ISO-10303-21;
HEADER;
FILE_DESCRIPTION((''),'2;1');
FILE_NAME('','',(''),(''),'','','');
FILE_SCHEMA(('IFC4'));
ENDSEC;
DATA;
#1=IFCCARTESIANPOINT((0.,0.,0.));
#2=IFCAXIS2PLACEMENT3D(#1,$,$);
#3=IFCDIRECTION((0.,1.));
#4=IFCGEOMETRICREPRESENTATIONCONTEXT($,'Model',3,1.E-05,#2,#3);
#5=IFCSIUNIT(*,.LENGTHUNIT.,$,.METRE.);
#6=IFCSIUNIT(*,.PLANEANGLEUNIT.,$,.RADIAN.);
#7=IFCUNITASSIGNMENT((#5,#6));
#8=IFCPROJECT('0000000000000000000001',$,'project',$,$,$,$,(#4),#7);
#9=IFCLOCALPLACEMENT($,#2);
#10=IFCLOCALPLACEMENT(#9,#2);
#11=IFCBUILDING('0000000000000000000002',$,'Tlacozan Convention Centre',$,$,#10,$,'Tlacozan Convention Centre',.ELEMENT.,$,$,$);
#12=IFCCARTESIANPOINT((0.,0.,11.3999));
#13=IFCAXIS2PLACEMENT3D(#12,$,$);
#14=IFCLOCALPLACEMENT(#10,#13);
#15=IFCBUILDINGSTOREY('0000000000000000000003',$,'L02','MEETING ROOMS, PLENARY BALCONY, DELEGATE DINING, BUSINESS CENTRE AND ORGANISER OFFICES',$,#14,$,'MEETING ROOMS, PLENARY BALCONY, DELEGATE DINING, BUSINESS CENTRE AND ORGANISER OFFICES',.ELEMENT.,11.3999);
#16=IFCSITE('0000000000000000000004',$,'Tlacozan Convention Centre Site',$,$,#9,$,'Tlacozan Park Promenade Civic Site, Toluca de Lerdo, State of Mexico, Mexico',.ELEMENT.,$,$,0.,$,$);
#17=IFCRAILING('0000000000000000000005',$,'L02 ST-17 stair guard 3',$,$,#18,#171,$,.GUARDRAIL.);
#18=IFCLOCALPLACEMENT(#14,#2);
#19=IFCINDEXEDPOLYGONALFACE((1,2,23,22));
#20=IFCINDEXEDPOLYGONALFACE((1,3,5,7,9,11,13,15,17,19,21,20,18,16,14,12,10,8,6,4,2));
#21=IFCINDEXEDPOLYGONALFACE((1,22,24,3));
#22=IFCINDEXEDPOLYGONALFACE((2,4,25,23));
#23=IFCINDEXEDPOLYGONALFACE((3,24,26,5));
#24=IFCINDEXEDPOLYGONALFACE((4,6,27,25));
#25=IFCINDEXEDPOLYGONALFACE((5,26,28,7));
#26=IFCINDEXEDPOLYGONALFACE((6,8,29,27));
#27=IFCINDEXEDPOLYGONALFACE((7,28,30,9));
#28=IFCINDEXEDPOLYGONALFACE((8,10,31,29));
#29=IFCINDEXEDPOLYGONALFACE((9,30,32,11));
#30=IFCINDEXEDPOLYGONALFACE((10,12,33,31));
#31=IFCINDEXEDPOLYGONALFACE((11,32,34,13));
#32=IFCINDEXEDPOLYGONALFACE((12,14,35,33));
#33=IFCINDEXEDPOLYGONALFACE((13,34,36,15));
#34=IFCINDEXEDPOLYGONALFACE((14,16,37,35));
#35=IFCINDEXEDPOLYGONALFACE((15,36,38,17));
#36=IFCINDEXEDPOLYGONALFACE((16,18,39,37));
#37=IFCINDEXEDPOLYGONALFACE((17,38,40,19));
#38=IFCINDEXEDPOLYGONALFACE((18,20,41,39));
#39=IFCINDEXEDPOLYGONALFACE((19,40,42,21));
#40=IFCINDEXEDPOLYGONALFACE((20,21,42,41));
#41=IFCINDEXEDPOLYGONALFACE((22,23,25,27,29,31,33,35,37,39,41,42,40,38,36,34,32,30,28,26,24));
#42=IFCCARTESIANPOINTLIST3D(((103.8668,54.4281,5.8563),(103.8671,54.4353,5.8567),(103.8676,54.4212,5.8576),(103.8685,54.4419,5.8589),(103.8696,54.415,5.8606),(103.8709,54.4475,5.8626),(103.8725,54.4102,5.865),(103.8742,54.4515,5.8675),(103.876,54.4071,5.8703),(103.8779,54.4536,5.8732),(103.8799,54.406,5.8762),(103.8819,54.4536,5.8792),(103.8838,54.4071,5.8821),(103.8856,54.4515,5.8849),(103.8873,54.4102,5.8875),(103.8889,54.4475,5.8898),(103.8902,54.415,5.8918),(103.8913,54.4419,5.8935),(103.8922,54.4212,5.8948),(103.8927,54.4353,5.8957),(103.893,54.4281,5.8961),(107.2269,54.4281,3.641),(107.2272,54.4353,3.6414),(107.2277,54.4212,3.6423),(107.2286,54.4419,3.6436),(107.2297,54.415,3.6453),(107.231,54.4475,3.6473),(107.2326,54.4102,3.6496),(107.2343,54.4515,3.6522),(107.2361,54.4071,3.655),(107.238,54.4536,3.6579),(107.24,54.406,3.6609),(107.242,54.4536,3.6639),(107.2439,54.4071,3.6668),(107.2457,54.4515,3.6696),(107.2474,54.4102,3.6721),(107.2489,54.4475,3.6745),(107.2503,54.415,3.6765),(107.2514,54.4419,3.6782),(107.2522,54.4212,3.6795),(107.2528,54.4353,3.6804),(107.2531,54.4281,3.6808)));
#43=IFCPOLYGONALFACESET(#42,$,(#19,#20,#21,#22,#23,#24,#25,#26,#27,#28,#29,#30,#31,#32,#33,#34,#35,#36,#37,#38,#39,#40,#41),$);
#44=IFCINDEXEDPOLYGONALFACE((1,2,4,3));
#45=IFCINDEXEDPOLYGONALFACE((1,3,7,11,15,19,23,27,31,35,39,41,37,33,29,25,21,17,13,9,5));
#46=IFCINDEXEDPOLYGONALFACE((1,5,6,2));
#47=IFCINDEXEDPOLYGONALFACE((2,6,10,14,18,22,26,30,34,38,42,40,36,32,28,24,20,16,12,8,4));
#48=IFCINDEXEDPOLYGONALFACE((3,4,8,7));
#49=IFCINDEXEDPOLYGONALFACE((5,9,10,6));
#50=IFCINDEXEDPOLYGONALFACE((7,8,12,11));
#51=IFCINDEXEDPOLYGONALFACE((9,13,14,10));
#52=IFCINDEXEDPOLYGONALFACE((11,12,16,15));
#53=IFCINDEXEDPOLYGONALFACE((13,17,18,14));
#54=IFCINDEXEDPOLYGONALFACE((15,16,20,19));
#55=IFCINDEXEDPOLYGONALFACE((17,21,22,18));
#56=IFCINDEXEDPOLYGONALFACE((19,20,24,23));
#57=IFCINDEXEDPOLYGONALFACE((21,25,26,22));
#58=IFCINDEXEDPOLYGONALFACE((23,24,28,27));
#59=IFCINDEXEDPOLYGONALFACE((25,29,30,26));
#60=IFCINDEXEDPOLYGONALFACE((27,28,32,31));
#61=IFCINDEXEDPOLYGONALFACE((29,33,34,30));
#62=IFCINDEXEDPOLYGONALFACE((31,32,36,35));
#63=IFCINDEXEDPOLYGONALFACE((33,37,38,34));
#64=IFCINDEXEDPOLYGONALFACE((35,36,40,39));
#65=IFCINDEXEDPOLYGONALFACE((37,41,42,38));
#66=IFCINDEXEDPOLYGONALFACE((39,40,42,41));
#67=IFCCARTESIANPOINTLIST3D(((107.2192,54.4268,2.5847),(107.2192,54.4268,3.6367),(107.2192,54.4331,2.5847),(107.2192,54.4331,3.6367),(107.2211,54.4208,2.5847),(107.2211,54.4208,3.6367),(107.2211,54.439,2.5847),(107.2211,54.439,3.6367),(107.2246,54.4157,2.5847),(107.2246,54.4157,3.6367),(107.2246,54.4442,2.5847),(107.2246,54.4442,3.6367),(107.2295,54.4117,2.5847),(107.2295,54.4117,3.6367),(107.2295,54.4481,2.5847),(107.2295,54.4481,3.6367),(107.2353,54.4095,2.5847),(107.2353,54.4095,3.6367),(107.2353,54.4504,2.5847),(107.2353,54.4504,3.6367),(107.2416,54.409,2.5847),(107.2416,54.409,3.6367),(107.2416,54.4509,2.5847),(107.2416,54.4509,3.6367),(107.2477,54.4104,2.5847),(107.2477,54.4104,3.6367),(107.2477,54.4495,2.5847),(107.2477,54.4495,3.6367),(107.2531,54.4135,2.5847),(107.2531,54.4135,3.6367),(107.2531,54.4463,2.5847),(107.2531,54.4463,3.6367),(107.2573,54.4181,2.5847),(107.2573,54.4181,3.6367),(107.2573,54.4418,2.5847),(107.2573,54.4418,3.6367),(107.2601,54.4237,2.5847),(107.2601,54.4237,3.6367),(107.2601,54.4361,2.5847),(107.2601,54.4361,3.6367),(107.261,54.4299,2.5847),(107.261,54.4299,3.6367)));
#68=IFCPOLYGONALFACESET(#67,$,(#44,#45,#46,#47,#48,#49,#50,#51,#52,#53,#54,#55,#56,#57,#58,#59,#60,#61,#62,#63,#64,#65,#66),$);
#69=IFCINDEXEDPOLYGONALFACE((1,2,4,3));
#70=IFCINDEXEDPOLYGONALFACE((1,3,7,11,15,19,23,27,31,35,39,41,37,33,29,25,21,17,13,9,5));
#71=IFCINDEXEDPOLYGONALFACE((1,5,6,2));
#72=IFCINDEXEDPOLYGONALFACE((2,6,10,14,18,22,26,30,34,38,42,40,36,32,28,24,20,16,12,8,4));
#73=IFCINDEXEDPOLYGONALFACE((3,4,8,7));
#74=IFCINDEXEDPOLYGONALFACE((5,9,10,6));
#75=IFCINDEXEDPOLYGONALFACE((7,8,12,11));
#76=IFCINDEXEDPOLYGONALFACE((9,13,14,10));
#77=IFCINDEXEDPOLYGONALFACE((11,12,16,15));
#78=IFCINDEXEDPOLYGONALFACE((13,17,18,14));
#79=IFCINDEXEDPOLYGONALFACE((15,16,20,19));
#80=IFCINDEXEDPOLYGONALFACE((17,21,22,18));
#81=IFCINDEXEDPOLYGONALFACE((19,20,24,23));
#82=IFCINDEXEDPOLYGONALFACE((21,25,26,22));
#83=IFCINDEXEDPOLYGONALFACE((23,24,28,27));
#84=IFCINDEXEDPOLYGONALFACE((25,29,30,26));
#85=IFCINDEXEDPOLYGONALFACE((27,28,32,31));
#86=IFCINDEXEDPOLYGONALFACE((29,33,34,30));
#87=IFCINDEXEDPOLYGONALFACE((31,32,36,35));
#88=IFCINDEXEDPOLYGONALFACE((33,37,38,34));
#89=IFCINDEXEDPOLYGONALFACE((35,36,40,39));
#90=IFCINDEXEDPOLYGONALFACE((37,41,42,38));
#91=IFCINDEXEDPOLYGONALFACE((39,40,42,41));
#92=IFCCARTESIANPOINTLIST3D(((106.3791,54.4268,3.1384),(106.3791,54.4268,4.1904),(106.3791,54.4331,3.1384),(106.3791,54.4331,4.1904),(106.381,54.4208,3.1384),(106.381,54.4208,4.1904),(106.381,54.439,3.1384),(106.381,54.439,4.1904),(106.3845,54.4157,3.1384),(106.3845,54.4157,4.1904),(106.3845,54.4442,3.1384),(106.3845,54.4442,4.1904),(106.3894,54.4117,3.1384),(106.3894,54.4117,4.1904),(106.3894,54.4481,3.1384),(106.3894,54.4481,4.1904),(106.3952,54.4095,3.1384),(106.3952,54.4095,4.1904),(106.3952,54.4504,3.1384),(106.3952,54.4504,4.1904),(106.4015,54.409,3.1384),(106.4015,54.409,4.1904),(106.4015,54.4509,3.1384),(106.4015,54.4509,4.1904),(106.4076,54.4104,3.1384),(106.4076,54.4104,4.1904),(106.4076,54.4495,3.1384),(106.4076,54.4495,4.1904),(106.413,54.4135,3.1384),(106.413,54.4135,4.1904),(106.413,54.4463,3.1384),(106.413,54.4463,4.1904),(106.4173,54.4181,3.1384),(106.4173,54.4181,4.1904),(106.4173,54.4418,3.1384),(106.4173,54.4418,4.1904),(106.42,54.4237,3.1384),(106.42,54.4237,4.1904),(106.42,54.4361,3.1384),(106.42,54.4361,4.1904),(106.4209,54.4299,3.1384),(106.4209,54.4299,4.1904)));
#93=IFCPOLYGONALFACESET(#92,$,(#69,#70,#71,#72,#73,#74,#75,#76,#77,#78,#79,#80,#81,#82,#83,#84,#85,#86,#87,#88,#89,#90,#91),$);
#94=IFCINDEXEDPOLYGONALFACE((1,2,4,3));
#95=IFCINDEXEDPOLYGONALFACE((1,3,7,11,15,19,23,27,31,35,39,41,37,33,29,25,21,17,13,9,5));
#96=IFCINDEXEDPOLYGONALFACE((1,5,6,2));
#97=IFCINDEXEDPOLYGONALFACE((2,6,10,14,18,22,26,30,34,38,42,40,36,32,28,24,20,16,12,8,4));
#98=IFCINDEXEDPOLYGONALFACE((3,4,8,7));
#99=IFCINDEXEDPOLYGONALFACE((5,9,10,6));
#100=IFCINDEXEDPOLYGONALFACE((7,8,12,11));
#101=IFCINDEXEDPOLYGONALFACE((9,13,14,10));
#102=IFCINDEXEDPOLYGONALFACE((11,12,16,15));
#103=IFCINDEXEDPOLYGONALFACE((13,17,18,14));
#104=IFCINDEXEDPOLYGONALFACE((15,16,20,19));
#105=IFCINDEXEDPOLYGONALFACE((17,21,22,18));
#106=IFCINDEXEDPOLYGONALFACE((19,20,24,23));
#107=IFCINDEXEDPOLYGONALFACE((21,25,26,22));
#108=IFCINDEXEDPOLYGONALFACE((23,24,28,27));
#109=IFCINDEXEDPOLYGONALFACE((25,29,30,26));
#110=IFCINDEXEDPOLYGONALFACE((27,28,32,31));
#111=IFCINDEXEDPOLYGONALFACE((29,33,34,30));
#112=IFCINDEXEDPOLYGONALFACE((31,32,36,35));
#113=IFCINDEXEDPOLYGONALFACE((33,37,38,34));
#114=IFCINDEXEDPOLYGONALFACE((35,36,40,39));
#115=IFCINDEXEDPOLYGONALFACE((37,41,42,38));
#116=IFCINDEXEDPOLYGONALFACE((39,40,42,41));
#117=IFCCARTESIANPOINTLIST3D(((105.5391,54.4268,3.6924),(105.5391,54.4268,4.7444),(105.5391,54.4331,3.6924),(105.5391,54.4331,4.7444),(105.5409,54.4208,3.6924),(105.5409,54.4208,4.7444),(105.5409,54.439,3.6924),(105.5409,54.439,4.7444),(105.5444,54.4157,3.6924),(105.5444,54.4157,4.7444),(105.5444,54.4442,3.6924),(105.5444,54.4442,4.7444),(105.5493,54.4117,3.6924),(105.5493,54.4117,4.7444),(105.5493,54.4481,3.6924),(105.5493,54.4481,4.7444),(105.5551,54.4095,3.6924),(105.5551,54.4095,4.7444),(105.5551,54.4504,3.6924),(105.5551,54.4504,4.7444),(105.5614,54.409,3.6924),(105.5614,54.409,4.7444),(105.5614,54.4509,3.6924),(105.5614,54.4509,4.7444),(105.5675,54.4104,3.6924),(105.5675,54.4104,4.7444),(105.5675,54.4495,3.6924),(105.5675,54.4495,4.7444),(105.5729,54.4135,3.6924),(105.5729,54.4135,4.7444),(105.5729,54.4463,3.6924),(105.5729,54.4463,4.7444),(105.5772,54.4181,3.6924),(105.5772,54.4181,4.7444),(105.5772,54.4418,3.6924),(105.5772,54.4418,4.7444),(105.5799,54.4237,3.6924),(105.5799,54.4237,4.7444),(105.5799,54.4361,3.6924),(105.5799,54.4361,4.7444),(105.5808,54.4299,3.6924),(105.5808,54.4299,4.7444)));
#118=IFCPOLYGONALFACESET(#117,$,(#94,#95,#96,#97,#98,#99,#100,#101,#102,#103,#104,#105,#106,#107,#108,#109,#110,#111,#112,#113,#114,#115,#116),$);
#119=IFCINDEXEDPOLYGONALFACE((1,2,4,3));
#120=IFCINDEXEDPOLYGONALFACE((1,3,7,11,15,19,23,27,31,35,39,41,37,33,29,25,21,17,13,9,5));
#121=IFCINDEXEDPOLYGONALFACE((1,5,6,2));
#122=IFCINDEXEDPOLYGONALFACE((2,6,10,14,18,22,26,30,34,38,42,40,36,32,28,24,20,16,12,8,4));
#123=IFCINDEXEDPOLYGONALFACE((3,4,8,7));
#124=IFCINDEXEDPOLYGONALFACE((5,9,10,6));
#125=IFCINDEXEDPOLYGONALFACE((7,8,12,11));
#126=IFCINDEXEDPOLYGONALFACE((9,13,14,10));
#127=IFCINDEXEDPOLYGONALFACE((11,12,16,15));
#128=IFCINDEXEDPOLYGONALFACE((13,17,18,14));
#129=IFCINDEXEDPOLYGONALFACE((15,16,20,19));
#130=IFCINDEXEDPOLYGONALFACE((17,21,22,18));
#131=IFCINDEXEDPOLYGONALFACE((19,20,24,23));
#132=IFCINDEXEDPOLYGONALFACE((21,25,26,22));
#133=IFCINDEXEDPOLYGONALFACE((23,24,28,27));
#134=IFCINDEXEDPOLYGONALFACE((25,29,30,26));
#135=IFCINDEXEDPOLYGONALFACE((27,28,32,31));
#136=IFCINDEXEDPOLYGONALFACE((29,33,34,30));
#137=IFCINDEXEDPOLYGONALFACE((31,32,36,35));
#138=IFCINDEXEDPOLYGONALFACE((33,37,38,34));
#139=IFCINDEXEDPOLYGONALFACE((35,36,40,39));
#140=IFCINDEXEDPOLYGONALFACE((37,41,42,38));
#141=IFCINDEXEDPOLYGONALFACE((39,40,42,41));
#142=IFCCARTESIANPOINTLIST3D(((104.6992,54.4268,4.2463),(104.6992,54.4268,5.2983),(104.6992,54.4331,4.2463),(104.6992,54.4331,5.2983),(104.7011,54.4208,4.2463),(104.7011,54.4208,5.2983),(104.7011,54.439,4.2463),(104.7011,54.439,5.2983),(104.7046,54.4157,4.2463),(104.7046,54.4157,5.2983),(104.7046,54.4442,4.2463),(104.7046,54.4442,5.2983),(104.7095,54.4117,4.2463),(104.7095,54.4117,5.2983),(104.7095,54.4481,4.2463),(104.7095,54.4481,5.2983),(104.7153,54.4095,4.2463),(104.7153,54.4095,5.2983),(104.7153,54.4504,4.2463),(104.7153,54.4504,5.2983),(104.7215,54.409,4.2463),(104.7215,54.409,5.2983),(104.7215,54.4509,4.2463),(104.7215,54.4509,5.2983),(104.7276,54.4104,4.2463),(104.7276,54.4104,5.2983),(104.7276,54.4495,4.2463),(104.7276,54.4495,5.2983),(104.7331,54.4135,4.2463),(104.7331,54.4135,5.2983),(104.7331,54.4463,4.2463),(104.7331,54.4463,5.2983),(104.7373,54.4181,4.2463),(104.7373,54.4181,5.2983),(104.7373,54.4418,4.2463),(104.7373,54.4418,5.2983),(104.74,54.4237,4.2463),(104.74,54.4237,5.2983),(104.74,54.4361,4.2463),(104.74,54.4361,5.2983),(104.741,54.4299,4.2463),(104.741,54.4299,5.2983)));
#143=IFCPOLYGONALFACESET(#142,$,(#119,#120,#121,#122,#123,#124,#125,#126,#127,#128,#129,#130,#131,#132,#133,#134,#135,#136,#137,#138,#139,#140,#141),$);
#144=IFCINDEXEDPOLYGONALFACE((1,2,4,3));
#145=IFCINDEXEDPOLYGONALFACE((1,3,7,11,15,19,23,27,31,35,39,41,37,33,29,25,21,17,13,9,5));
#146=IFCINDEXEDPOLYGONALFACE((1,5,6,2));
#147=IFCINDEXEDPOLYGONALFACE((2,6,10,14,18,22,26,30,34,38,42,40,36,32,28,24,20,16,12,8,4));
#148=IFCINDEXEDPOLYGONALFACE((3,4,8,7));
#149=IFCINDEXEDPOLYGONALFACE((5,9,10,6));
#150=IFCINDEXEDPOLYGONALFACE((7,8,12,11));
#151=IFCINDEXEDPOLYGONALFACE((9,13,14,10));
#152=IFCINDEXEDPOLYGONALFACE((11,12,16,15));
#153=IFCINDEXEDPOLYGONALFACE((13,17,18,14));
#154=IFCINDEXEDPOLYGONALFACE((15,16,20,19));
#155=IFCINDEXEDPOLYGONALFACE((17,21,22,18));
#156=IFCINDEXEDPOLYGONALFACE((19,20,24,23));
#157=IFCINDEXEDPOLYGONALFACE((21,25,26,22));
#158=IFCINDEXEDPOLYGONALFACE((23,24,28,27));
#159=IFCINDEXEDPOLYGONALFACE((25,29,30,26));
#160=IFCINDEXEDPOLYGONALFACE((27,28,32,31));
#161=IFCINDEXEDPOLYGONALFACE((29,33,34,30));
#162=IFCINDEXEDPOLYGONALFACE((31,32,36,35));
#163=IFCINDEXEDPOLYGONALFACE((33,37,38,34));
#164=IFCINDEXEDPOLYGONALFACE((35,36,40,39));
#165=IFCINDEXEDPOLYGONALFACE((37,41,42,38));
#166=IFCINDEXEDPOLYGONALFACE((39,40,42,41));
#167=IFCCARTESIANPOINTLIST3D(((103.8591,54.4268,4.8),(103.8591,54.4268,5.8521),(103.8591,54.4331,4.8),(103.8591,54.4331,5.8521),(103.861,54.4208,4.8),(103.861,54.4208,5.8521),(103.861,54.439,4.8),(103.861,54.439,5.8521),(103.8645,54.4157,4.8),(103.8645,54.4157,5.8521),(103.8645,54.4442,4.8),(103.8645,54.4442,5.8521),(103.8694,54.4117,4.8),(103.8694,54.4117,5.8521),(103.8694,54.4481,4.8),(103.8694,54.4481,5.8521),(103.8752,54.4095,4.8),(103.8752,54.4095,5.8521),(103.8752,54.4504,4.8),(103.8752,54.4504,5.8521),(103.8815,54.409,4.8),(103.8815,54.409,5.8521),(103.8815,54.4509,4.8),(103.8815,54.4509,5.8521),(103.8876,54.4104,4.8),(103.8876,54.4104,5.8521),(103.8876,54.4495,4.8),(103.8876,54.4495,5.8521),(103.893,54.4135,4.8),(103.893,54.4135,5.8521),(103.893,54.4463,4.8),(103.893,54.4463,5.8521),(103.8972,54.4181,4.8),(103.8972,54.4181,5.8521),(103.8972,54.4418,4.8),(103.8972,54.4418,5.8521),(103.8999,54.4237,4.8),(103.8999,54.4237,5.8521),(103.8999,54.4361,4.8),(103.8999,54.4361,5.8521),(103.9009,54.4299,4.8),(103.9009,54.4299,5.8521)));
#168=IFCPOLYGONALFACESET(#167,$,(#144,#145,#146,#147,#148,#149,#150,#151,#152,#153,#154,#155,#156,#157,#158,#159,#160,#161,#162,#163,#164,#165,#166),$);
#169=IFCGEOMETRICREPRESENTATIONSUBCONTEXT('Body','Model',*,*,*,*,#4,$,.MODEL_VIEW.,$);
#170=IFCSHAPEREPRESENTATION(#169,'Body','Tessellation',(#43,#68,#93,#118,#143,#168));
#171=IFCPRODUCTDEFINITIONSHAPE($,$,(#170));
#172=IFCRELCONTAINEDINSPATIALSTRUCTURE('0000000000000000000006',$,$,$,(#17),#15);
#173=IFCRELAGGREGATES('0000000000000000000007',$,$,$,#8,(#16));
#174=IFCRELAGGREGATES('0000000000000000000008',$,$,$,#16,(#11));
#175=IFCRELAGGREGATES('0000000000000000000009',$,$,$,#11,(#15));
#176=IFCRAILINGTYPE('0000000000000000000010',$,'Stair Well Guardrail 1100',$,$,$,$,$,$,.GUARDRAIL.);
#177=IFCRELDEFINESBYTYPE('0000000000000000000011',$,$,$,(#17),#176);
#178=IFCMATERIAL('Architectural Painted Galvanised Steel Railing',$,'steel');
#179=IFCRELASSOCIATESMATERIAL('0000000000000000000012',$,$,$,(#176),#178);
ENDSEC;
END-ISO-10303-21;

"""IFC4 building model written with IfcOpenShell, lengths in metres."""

from ifc_helpers import new_model, si_unit, direction, frame, origin, origin_2d, place, context, subcontext, project, spatial, circle, extrude, material, type_object, element, save


model = new_model("IFC4")

# Units and contexts
model_context = context("Model", 3, precision=1e-05, world=origin(), true_north=direction((0.0, 1.0)))
body_context = subcontext(model_context, "Body", "Model", "MODEL_VIEW")
ifc_project = project(units=[si_unit("LENGTHUNIT", "METRE"), si_unit("PLANEANGLEUNIT", "RADIAN")], contexts=[model_context])

# Site, building, storey
site_placement = place(None, origin())
site = spatial("IfcSite", under=ifc_project, at=site_placement, Name="Tlacozan Convention Centre Site", LongName="Tlacozan Park Promenade Civic Site, Toluca de Lerdo, State of Mexico, Mexico", CompositionType="ELEMENT", RefElevation=0.0)
building_placement = place(site_placement, origin())
building = spatial("IfcBuilding", under=site, at=building_placement, Name="Tlacozan Convention Centre", LongName="Tlacozan Convention Centre", CompositionType="ELEMENT")
storey_placement = place(building_placement, frame((0.0, 0.0, 11.3999)))
storey = spatial("IfcBuildingStorey", under=building, at=storey_placement, Name="L02", Description="MEETING ROOMS, PLENARY BALCONY, DELEGATE DINING, BUSINESS CENTRE AND ORGANISER OFFICES", LongName="MEETING ROOMS, PLENARY BALCONY, DELEGATE DINING, BUSINESS CENTRE AND ORGANISER OFFICES", CompositionType="ELEMENT", Elevation=11.3999)

# Railing
ifc_material_1 = material(Name="Architectural Painted Galvanised Steel Railing", Category="steel")
railing_type_1 = type_object("IfcRailingType", Name="Stair Well Guardrail 1100", PredefinedType="GUARDRAIL", material=ifc_material_1)
railing_1_placement = place(storey_placement, frame((107.24, 54.4299, 2.5847)))
element("IfcRailing", 1, at=railing_1_placement, inside=storey, type_object=railing_type_1, Name="L02 ST-17 stair guard 3", PredefinedType="GUARDRAIL", context=body_context, shape_type="SweptSolid", body=[
    extrude(circle(Radius=0.0239, at=origin_2d()), frame((0.0, 0.0, 1.0762), z_axis=(-0.834876, 0.0, 0.550437), x_axis=(0.0, -1.0, 0.0)), (0.0, 0.0, 1.0), 4.0247),
    extrude(circle(Radius=0.021, at=origin_2d()), origin(), (0.0, 0.0, 1.0), 1.052),
    extrude(circle(Radius=0.021, at=origin_2d()), frame((-0.8401, 0.0, 0.5537)), (0.0, 0.0, 1.0), 1.052),
    extrude(circle(Radius=0.021, at=origin_2d()), frame((-1.6802, 0.0, 1.1077)), (0.0, 0.0, 1.0), 1.052),
    extrude(circle(Radius=0.021, at=origin_2d()), frame((-2.52, 0.0, 1.6616)), (0.0, 0.0, 1.0), 1.052),
    extrude(circle(Radius=0.021, at=origin_2d()), frame((-3.3601, 0.0, 2.2153)), (0.0, 0.0, 1.0), 1.052),
])

save(model, "model.ifc")
